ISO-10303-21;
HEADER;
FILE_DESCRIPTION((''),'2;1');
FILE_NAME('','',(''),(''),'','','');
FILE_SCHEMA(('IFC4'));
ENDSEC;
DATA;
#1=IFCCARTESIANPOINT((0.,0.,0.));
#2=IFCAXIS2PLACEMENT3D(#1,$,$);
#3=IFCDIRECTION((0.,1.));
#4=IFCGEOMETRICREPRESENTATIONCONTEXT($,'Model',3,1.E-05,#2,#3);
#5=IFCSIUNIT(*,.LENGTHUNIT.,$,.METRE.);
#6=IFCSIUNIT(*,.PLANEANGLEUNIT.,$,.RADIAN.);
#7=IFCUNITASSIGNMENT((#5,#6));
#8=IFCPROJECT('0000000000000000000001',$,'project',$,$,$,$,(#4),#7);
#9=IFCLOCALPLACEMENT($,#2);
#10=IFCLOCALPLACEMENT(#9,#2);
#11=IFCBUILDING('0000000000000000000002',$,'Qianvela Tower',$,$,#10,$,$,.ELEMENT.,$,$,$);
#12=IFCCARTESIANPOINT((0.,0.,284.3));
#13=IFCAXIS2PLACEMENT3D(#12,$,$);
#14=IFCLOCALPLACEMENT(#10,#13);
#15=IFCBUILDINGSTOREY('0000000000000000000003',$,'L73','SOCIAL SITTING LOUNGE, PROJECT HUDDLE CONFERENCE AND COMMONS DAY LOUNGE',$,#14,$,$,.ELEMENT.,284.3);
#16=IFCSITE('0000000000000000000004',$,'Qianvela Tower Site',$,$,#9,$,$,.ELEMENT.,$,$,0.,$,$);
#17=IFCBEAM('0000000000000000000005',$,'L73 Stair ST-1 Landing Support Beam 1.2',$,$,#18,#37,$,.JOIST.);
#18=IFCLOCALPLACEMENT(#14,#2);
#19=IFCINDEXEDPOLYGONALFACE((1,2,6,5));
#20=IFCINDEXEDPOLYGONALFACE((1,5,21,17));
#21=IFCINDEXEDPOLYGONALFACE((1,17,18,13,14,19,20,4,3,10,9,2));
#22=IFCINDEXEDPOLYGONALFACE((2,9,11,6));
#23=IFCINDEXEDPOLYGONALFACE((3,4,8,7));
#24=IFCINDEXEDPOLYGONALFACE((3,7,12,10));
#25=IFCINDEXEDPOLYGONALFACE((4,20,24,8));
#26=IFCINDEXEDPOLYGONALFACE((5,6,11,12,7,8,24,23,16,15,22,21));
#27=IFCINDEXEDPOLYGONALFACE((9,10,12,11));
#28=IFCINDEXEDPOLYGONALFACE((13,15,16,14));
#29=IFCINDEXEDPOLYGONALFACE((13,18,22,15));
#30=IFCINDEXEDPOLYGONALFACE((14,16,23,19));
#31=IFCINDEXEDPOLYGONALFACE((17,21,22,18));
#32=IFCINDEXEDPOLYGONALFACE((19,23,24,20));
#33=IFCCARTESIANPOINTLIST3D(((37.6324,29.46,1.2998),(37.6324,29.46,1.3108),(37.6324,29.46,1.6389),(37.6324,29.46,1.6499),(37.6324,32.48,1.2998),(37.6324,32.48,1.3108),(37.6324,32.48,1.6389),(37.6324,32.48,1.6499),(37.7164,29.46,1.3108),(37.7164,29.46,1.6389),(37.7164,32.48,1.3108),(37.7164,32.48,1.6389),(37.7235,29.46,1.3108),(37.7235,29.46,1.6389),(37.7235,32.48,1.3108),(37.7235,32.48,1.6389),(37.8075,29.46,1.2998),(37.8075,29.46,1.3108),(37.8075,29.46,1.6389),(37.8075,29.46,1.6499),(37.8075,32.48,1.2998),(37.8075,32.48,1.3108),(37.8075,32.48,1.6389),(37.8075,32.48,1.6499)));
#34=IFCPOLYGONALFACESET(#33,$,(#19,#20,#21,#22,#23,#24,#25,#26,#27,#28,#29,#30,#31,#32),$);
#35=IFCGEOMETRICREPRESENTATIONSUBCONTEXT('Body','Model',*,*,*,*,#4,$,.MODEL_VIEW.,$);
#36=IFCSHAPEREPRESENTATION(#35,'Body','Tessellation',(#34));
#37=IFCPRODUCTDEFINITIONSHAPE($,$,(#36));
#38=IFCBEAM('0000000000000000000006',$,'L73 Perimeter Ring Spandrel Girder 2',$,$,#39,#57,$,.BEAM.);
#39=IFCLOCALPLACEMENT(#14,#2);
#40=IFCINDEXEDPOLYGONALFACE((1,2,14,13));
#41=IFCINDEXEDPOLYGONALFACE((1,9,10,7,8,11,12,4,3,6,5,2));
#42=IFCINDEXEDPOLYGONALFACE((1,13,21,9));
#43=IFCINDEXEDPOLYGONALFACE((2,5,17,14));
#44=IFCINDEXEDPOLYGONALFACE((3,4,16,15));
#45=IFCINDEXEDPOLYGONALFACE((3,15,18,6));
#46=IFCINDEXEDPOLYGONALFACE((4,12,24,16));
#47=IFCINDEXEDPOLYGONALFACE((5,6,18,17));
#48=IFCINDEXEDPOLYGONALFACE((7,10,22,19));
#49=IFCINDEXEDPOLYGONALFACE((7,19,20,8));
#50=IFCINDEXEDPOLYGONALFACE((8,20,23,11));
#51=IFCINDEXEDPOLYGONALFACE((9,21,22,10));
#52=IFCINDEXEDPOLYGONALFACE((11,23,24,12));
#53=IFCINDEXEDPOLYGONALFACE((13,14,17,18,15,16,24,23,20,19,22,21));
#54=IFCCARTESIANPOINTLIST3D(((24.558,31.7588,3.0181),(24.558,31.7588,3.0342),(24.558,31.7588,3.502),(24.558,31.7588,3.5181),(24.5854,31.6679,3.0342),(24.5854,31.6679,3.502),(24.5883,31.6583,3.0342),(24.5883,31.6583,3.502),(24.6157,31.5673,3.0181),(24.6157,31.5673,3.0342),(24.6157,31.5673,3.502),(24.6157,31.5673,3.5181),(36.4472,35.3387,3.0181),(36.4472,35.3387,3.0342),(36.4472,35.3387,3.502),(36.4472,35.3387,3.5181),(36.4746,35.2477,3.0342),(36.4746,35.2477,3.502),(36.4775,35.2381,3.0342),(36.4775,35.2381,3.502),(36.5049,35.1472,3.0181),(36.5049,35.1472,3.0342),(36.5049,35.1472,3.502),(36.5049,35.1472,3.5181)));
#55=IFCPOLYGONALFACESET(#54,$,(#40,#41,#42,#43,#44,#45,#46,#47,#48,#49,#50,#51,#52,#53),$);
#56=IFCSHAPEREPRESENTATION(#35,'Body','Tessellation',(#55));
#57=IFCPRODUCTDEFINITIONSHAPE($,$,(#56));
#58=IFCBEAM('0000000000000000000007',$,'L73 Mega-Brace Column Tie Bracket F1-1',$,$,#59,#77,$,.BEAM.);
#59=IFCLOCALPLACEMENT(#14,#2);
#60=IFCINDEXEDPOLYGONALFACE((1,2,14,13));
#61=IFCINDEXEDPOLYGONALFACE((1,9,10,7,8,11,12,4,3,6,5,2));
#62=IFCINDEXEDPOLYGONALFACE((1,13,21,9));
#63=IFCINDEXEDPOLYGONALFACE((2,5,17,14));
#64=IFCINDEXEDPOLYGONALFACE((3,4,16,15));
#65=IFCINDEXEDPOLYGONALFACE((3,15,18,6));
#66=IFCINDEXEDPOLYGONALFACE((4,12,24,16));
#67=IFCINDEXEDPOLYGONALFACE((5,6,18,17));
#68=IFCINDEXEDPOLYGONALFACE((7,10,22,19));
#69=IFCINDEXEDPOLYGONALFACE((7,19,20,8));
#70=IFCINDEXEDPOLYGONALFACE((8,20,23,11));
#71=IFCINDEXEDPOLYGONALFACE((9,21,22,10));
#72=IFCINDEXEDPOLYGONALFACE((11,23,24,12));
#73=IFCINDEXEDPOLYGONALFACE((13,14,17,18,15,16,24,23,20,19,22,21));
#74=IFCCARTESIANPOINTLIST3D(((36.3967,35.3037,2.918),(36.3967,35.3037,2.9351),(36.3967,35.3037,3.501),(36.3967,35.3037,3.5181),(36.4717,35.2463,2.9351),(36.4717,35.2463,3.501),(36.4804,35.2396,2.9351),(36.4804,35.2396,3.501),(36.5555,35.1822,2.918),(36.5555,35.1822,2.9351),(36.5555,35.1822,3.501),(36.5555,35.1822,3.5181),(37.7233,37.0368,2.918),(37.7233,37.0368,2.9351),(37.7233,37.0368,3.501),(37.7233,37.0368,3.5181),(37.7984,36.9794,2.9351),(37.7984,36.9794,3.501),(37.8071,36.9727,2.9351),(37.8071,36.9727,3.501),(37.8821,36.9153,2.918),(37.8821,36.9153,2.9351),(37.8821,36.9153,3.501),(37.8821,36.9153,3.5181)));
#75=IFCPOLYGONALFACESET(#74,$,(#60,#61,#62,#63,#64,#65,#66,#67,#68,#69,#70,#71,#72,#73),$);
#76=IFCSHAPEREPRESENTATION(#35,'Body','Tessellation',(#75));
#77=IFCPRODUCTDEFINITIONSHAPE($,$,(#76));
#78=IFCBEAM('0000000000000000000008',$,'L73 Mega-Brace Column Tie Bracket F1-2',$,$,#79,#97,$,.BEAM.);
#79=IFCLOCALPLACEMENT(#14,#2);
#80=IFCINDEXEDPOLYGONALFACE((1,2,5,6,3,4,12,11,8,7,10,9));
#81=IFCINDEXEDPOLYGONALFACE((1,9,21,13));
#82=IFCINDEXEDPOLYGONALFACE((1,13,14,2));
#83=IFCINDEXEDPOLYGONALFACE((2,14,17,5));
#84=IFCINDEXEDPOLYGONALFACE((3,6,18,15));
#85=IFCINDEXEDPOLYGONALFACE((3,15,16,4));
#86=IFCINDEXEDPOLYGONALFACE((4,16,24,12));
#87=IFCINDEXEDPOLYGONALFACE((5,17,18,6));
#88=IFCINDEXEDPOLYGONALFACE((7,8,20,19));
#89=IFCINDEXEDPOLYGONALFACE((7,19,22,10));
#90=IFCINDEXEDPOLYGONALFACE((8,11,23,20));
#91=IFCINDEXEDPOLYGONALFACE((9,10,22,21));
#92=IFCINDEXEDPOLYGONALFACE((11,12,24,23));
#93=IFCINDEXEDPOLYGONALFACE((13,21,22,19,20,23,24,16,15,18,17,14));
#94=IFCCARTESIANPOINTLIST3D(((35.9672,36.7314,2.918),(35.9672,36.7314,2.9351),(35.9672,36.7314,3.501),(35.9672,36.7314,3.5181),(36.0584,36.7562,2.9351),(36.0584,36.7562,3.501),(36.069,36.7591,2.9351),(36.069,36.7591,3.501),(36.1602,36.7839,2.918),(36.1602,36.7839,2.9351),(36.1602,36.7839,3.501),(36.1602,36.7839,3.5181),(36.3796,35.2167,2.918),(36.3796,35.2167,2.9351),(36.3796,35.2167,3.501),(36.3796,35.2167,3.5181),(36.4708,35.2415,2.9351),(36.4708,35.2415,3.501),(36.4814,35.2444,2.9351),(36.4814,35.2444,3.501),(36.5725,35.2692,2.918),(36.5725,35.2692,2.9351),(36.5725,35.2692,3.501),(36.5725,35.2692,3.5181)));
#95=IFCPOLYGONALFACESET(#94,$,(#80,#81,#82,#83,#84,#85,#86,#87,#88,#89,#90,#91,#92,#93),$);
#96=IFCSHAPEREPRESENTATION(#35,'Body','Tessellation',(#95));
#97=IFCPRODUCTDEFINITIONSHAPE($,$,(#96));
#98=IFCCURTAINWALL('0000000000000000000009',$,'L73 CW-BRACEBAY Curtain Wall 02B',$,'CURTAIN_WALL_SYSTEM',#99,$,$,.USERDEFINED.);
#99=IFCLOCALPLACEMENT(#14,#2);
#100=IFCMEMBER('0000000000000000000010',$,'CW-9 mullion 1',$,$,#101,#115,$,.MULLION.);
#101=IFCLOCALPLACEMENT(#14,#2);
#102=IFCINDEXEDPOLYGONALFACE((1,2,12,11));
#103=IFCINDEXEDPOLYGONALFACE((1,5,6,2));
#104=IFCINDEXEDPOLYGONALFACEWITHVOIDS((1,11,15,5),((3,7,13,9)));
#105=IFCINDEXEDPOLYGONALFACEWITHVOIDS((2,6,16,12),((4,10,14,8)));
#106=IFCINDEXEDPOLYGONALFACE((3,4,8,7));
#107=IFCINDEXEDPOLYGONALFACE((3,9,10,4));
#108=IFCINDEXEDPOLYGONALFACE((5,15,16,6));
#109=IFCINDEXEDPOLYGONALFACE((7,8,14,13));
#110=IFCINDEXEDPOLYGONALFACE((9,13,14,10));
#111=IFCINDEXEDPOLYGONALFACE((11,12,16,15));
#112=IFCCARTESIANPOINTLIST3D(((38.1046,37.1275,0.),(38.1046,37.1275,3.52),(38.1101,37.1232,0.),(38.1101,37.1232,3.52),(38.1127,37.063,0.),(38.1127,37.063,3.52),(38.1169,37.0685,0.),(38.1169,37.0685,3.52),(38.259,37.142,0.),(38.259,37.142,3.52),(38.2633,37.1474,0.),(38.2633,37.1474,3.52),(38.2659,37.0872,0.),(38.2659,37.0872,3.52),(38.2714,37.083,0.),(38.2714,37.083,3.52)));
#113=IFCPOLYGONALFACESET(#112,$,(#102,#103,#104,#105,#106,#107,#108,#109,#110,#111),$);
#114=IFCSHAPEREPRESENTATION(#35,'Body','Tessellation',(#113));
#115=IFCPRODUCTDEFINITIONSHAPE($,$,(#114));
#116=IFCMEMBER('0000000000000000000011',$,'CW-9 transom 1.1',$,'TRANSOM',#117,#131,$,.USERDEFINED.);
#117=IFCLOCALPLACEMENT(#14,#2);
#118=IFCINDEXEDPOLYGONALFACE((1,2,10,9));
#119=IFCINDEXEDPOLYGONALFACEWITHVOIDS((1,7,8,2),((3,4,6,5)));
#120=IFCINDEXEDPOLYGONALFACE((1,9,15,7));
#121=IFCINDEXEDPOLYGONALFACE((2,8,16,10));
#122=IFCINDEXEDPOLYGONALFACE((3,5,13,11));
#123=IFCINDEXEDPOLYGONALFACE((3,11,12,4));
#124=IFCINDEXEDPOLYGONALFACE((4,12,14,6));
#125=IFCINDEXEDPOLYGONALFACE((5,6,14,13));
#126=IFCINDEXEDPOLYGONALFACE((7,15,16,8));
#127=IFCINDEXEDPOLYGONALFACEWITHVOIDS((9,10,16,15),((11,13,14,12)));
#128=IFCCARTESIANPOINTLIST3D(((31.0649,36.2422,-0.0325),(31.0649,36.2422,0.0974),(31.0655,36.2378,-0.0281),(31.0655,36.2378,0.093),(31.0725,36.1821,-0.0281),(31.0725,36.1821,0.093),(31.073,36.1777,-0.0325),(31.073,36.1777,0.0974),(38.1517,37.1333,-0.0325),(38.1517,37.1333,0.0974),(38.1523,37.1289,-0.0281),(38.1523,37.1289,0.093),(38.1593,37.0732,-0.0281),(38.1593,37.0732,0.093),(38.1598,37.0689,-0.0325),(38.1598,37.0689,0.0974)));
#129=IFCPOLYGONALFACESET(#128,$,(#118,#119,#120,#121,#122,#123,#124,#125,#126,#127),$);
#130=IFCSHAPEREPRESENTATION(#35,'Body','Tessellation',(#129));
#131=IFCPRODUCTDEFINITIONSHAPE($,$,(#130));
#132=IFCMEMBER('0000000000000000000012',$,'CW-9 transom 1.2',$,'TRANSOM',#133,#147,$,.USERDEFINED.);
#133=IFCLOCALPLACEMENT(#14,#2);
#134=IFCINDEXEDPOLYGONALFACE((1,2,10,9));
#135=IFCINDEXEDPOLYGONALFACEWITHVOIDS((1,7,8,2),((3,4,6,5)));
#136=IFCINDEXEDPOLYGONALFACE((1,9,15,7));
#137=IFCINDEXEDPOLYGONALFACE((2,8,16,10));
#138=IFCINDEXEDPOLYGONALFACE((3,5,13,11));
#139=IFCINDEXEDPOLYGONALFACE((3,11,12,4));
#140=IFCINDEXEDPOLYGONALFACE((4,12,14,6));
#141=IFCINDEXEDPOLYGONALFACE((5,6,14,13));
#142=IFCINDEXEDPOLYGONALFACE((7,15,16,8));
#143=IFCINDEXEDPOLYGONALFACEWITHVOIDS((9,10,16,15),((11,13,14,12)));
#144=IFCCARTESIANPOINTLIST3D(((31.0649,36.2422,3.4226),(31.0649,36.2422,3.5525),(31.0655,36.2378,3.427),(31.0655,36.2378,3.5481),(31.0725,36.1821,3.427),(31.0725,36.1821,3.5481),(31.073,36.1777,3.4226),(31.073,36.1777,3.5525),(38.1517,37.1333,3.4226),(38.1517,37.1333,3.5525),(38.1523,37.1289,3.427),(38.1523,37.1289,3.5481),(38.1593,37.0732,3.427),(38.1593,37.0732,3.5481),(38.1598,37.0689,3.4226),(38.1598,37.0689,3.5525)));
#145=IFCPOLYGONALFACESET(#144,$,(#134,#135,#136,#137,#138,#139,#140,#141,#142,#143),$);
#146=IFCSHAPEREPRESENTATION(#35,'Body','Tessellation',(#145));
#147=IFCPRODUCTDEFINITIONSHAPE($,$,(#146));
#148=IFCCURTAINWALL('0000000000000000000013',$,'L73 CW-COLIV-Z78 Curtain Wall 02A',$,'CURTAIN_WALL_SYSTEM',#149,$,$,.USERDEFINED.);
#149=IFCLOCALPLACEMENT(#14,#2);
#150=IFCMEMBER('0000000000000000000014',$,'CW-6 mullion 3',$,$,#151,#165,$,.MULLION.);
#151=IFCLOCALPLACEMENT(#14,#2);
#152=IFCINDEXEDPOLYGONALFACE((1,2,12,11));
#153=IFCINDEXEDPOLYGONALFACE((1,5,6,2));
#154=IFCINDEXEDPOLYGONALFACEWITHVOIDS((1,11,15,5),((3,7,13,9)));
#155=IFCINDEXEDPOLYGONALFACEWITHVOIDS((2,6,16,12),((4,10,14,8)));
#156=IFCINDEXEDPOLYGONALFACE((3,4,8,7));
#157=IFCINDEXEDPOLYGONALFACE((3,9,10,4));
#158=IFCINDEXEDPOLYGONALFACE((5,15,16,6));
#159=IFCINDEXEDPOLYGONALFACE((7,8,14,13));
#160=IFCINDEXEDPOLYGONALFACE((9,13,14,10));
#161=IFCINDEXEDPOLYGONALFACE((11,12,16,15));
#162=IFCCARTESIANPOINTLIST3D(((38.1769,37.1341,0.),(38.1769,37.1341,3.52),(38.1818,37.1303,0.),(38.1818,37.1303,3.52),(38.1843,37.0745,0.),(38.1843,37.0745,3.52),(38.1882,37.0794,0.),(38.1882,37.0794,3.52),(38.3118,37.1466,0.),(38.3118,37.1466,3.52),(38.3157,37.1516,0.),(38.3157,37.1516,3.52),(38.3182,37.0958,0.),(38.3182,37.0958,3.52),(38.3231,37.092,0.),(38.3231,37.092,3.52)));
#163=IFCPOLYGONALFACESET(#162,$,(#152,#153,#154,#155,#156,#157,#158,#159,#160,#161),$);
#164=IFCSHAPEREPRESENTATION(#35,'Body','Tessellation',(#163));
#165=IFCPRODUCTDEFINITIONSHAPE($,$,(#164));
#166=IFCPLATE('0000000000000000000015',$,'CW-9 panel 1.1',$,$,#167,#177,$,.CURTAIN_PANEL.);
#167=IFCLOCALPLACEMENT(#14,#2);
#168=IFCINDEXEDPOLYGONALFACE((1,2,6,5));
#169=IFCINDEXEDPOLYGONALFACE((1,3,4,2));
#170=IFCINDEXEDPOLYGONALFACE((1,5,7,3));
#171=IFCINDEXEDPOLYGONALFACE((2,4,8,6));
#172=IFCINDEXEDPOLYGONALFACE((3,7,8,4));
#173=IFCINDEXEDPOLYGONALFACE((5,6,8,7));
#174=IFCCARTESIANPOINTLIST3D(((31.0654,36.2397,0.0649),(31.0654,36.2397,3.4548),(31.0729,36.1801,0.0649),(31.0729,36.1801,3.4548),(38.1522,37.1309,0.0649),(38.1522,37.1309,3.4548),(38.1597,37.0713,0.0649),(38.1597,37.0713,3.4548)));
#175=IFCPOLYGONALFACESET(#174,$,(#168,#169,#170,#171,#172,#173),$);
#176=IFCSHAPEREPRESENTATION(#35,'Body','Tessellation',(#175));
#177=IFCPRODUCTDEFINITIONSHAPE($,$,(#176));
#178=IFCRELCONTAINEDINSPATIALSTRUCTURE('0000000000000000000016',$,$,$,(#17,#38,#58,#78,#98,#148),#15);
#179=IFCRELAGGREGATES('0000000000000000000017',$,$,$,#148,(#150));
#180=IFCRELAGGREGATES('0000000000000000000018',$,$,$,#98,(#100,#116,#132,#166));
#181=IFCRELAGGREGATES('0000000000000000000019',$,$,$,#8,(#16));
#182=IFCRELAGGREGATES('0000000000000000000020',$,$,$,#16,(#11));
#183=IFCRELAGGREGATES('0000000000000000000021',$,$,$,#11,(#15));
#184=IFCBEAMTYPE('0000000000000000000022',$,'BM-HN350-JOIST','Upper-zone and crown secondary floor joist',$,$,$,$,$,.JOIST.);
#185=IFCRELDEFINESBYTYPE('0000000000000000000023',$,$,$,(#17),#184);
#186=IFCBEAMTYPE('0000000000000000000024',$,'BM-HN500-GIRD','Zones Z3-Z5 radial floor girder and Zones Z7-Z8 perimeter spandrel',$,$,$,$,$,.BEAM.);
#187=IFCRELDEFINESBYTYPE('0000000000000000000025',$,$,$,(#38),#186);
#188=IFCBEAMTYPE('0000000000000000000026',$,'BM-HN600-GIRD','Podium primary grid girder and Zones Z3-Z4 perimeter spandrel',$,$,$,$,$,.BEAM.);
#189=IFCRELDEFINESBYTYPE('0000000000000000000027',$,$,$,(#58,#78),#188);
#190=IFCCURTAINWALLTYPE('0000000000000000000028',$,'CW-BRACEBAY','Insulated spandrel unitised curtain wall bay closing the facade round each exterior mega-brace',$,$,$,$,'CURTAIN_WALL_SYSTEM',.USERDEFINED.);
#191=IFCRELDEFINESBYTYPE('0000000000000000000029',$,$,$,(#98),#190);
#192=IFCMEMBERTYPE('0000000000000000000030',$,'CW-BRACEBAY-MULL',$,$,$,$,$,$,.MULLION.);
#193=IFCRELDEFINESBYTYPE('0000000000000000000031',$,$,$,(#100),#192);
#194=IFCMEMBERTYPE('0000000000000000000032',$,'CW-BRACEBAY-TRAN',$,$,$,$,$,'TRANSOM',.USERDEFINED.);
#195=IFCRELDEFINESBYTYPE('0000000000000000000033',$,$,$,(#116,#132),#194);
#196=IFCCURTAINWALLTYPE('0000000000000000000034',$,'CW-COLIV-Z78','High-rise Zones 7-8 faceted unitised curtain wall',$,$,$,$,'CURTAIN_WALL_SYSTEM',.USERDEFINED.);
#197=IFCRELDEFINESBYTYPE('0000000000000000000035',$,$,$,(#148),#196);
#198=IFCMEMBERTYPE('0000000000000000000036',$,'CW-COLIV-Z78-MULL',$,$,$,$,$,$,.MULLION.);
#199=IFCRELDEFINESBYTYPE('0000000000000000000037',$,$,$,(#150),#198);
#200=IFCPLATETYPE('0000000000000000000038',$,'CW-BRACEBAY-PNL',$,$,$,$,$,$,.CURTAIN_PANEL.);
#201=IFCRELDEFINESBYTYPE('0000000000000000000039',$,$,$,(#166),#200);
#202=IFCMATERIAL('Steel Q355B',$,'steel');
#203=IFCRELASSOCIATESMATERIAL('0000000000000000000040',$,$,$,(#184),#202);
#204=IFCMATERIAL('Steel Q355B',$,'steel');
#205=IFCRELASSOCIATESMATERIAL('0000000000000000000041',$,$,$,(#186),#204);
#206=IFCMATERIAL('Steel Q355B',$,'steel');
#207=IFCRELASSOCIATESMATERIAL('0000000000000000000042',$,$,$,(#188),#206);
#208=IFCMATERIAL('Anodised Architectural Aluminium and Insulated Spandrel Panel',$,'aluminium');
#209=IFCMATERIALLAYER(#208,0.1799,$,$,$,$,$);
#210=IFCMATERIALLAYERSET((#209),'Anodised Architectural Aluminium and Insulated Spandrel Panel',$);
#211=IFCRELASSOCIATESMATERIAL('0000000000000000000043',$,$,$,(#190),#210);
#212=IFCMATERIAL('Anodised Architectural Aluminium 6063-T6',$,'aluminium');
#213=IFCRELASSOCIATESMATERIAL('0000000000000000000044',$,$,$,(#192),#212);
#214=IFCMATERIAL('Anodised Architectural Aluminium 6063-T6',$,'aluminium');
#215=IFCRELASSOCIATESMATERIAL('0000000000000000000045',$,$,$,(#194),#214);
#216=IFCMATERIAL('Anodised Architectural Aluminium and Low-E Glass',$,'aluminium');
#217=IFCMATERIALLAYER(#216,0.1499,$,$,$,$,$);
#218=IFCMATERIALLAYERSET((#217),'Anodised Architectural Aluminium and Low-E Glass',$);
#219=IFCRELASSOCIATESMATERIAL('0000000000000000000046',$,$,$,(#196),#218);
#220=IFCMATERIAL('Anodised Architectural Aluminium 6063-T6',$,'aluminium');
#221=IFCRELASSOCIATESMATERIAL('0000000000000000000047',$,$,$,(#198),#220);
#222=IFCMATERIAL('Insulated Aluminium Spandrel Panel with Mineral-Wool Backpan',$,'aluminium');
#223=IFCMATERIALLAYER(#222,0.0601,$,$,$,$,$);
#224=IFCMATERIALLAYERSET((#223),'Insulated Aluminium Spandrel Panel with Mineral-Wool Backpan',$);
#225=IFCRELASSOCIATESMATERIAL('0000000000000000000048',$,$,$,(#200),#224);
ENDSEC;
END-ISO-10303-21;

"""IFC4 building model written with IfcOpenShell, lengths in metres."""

from ifc_helpers import new_model, si_unit, direction, frame, origin, origin_2d, place, context, subcontext, project, spatial, rectangle, hollow_rectangle, i_section, extrude, material, layer, layer_set, material_profile, profile_set, type_object, element, aggregate, save


model = new_model("IFC4")

# Units and contexts
model_context = context("Model", 3, precision=1e-05, world=origin(), true_north=direction((0.0, 1.0)))
body_context = subcontext(model_context, "Body", "Model", "MODEL_VIEW")
ifc_project = project(units=[si_unit("LENGTHUNIT", "METRE"), si_unit("PLANEANGLEUNIT", "RADIAN")], contexts=[model_context])

# Site, building, storey
site_placement = place(None, origin())
site = spatial("IfcSite", under=ifc_project, at=site_placement, Name="Qianvela Tower Site", CompositionType="ELEMENT", RefElevation=0.0)
building_placement = place(site_placement, origin())
building = spatial("IfcBuilding", under=site, at=building_placement, Name="Qianvela Tower", CompositionType="ELEMENT")
storey_placement = place(building_placement, frame((0.0, 0.0, 284.3)))
storey = spatial("IfcBuildingStorey", under=building, at=storey_placement, Name="L73", Description="SOCIAL SITTING LOUNGE, PROJECT HUDDLE CONFERENCE AND COMMONS DAY LOUNGE", CompositionType="ELEMENT", Elevation=284.3)

# Beams
ifc_material_1 = material(Name="Steel Q355B", Category="steel")
ifc_material_profile_1 = material_profile(ifc_material_1, i_section(OverallWidth=0.175, OverallDepth=0.3501, WebThickness=0.0071, FlangeThickness=0.011, at=origin_2d()), Name="HN350x175x7x11")
ifc_profile_set_1 = profile_set([ifc_material_profile_1], Name="Steel Q355B")
beam_type_1 = type_object("IfcBeamType", Name="BM-HN350-JOIST", Description="Upper-zone and crown secondary floor joist", PredefinedType="JOIST", material=ifc_profile_set_1)
beam_1_placement = place(storey_placement, frame((37.72, 29.46, 1.4749), z_axis=(0.0, 1.0, 0.0), x_axis=(-1.0, 0.0, 0.0)))
element("IfcBeam", 1, at=beam_1_placement, inside=storey, type_object=beam_type_1, Name="L73 Stair ST-1 Landing Support Beam 1.2", PredefinedType="JOIST", context=body_context, shape_type="SweptSolid", body=[
    extrude(i_section(OverallWidth=0.175, OverallDepth=0.3501, WebThickness=0.0071, FlangeThickness=0.011, at=origin_2d()), origin(), (0.0, 0.0, 1.0), 3.02),
])
ifc_material_2 = material(Name="Steel Q355B", Category="steel")
ifc_material_profile_2 = material_profile(ifc_material_2, i_section(OverallWidth=0.2, OverallDepth=0.5, WebThickness=0.01, FlangeThickness=0.0161, at=origin_2d()), Name="HN500x200x10x16")
ifc_profile_set_2 = profile_set([ifc_material_profile_2], Name="Steel Q355B")
beam_type_2 = type_object("IfcBeamType", Name="BM-HN500-GIRD", Description="Zones Z3-Z5 radial floor girder and Zones Z7-Z8 perimeter spandrel", PredefinedType="BEAM", material=ifc_profile_set_2)
beam_2_placement = place(storey_placement, frame((36.4761, 35.2429, 3.2681), z_axis=(-0.957536, -0.288315, 0.0), x_axis=(0.288315, -0.957536, 0.0)))
element("IfcBeam", 2, at=beam_2_placement, inside=storey, type_object=beam_type_2, Name="L73 Perimeter Ring Spandrel Girder 2", PredefinedType="BEAM", context=body_context, shape_type="SweptSolid", body=[
    extrude(i_section(OverallWidth=0.2, OverallDepth=0.5, WebThickness=0.01, FlangeThickness=0.0161, at=origin_2d()), origin(), (0.0, 0.0, 1.0), 12.4165),
])
ifc_material_3 = material(Name="Steel Q355B", Category="steel")
ifc_material_profile_3 = material_profile(ifc_material_3, i_section(OverallWidth=0.2, OverallDepth=0.6001, WebThickness=0.011, FlangeThickness=0.0171, at=origin_2d()), Name="HN600x200x11x17")
ifc_profile_set_3 = profile_set([ifc_material_profile_3], Name="Steel Q355B")
beam_type_3 = type_object("IfcBeamType", Name="BM-HN600-GIRD", Description="Podium primary grid girder and Zones Z3-Z4 perimeter spandrel", PredefinedType="BEAM", material=ifc_profile_set_3)
beam_3_placement = place(storey_placement, frame((36.4761, 35.2429, 3.218), z_axis=(0.607828, 0.794069, 0.0), x_axis=(-0.794069, 0.607828, 0.0)))
element("IfcBeam", 3, at=beam_3_placement, inside=storey, type_object=beam_type_3, Name="L73 Mega-Brace Column Tie Bracket F1-1", PredefinedType="BEAM", context=body_context, shape_type="SweptSolid", body=[
    extrude(i_section(OverallWidth=0.2, OverallDepth=0.6001, WebThickness=0.011, FlangeThickness=0.0171, at=origin_2d()), origin(), (0.0, 0.0, 1.0), 2.1826),
])
beam_4_placement = place(storey_placement, frame((36.4761, 35.2429, 3.218), z_axis=(-0.262683, 0.964882, 0.0), x_axis=(-0.964882, -0.262683, 0.0)))
element("IfcBeam", 4, at=beam_4_placement, inside=storey, type_object=beam_type_3, Name="L73 Mega-Brace Column Tie Bracket F1-2", PredefinedType="BEAM", context=body_context, shape_type="SweptSolid", body=[
    extrude(i_section(OverallWidth=0.2, OverallDepth=0.6001, WebThickness=0.011, FlangeThickness=0.0171, at=origin_2d()), origin(), (0.0, 0.0, 1.0), 1.5698),
])

# Curtain wall, members
ifc_material_4 = material(Name="Anodised Architectural Aluminium and Insulated Spandrel Panel", Category="aluminium")
ifc_layer_1 = layer(ifc_material_4, 0.1799)
ifc_layer_set_1 = layer_set([ifc_layer_1], Name="Anodised Architectural Aluminium and Insulated Spandrel Panel")
curtain_wall_type_1 = type_object("IfcCurtainWallType", Name="CW-BRACEBAY", Description="Insulated spandrel unitised curtain wall bay closing the facade round each exterior mega-brace", ElementType="CURTAIN_WALL_SYSTEM", PredefinedType="USERDEFINED", material=ifc_layer_set_1)
curtain_wall_1_placement = place(storey_placement, origin())
curtain_wall_1 = element("IfcCurtainWall", 5, at=curtain_wall_1_placement, inside=storey, type_object=curtain_wall_type_1, Name="L73 CW-BRACEBAY Curtain Wall 02B", ObjectType="CURTAIN_WALL_SYSTEM", PredefinedType="USERDEFINED")
ifc_material_5 = material(Name="Anodised Architectural Aluminium 6063-T6", Category="aluminium")
ifc_material_profile_4 = material_profile(ifc_material_5, hollow_rectangle(XDim=0.0649, YDim=0.1599, WallThickness=0.0049, at=origin_2d()), Name="ALU-MULL-65x160")
ifc_profile_set_4 = profile_set([ifc_material_profile_4], Name="Anodised Architectural Aluminium 6063-T6")
member_type_1 = type_object("IfcMemberType", Name="CW-BRACEBAY-MULL", PredefinedType="MULLION", material=ifc_profile_set_4)
member_1_placement = place(storey_placement, frame((38.188, 37.1052, 0.0), z_axis=(0.0, 0.0, 1.0), x_axis=(0.124766, -0.992186, 0.0)))
member_1 = element("IfcMember", 6, at=member_1_placement, type_object=member_type_1, Name="CW-9 mullion 1", PredefinedType="MULLION", context=body_context, shape_type="SweptSolid", body=[
    extrude(hollow_rectangle(XDim=0.0649, YDim=0.1599, WallThickness=0.0049, at=origin_2d()), origin(), (0.0, 0.0, 1.0), 3.52),
])
ifc_material_6 = material(Name="Anodised Architectural Aluminium 6063-T6", Category="aluminium")
ifc_material_profile_5 = material_profile(ifc_material_6, hollow_rectangle(XDim=0.0649, YDim=0.1299, WallThickness=0.0044, at=origin_2d()), Name="ALU-TRAN-65x130")
ifc_profile_set_5 = profile_set([ifc_material_profile_5], Name="Anodised Architectural Aluminium 6063-T6")
member_type_2 = type_object("IfcMemberType", Name="CW-BRACEBAY-TRAN", ElementType="TRANSOM", PredefinedType="USERDEFINED", material=ifc_profile_set_5)
member_2_placement = place(storey_placement, frame((38.1558, 37.1011, 0.0325), z_axis=(-0.992187, -0.124763, 0.0), x_axis=(0.124763, -0.992187, 0.0)))
member_2 = element("IfcMember", 7, at=member_2_placement, type_object=member_type_2, Name="CW-9 transom 1.1", ObjectType="TRANSOM", PredefinedType="USERDEFINED", context=body_context, shape_type="SweptSolid", body=[
    extrude(hollow_rectangle(XDim=0.0649, YDim=0.1299, WallThickness=0.0044, at=origin_2d()), origin(), (0.0, 0.0, 1.0), 7.1426),
])
member_3_placement = place(storey_placement, frame((38.1558, 37.1011, 3.4875), z_axis=(-0.992187, -0.124763, 0.0), x_axis=(0.124763, -0.992187, 0.0)))
member_3 = element("IfcMember", 8, at=member_3_placement, type_object=member_type_2, Name="CW-9 transom 1.2", ObjectType="TRANSOM", PredefinedType="USERDEFINED", context=body_context, shape_type="SweptSolid", body=[
    extrude(hollow_rectangle(XDim=0.0649, YDim=0.1299, WallThickness=0.0044, at=origin_2d()), origin(), (0.0, 0.0, 1.0), 7.1426),
])

# Curtain wall, member
ifc_material_7 = material(Name="Anodised Architectural Aluminium and Low-E Glass", Category="aluminium")
ifc_layer_2 = layer(ifc_material_7, 0.1499)
ifc_layer_set_2 = layer_set([ifc_layer_2], Name="Anodised Architectural Aluminium and Low-E Glass")
curtain_wall_type_2 = type_object("IfcCurtainWallType", Name="CW-COLIV-Z78", Description="High-rise Zones 7-8 faceted unitised curtain wall", ElementType="CURTAIN_WALL_SYSTEM", PredefinedType="USERDEFINED", material=ifc_layer_set_2)
curtain_wall_2_placement = place(storey_placement, origin())
curtain_wall_2 = element("IfcCurtainWall", 9, at=curtain_wall_2_placement, inside=storey, type_object=curtain_wall_type_2, Name="L73 CW-COLIV-Z78 Curtain Wall 02A", ObjectType="CURTAIN_WALL_SYSTEM", PredefinedType="USERDEFINED")
ifc_material_8 = material(Name="Anodised Architectural Aluminium 6063-T6", Category="aluminium")
ifc_material_profile_6 = material_profile(ifc_material_8, hollow_rectangle(XDim=0.0601, YDim=0.1399, WallThickness=0.0044, at=origin_2d()), Name="ALU-MULL-60x140")
ifc_profile_set_6 = profile_set([ifc_material_profile_6], Name="Anodised Architectural Aluminium 6063-T6")
member_type_3 = type_object("IfcMemberType", Name="CW-COLIV-Z78-MULL", PredefinedType="MULLION", material=ifc_profile_set_6)
member_4_placement = place(storey_placement, frame((38.25, 37.113, 0.0), z_axis=(0.0, 0.0, 1.0), x_axis=(0.124762, -0.992187, 0.0)))
member_4 = element("IfcMember", 10, at=member_4_placement, type_object=member_type_3, Name="CW-6 mullion 3", PredefinedType="MULLION", context=body_context, shape_type="SweptSolid", body=[
    extrude(hollow_rectangle(XDim=0.0601, YDim=0.1399, WallThickness=0.0044, at=origin_2d()), origin(), (0.0, 0.0, 1.0), 3.52),
])
aggregate(curtain_wall_2, [member_4])

# Plate
ifc_material_9 = material(Name="Insulated Aluminium Spandrel Panel with Mineral-Wool Backpan", Category="aluminium")
ifc_layer_3 = layer(ifc_material_9, 0.0601)
ifc_layer_set_3 = layer_set([ifc_layer_3], Name="Insulated Aluminium Spandrel Panel with Mineral-Wool Backpan")
plate_type_1 = type_object("IfcPlateType", Name="CW-BRACEBAY-PNL", PredefinedType="CURTAIN_PANEL", material=ifc_layer_set_3)
plate_placement = place(storey_placement, frame((34.6125, 36.6555, 0.0649), z_axis=(0.0, 0.0, 1.0), x_axis=(-0.992186, -0.124766, 0.0)))
plate = element("IfcPlate", 11, at=plate_placement, type_object=plate_type_1, Name="CW-9 panel 1.1", PredefinedType="CURTAIN_PANEL", context=body_context, shape_type="SweptSolid", body=[
    extrude(rectangle(XDim=7.1426, YDim=0.0601, at=origin_2d()), origin(), (0.0, 0.0, 1.0), 3.3899),
])
aggregate(curtain_wall_1, [member_1, member_2, member_3, plate])

save(model, "model.ifc")
